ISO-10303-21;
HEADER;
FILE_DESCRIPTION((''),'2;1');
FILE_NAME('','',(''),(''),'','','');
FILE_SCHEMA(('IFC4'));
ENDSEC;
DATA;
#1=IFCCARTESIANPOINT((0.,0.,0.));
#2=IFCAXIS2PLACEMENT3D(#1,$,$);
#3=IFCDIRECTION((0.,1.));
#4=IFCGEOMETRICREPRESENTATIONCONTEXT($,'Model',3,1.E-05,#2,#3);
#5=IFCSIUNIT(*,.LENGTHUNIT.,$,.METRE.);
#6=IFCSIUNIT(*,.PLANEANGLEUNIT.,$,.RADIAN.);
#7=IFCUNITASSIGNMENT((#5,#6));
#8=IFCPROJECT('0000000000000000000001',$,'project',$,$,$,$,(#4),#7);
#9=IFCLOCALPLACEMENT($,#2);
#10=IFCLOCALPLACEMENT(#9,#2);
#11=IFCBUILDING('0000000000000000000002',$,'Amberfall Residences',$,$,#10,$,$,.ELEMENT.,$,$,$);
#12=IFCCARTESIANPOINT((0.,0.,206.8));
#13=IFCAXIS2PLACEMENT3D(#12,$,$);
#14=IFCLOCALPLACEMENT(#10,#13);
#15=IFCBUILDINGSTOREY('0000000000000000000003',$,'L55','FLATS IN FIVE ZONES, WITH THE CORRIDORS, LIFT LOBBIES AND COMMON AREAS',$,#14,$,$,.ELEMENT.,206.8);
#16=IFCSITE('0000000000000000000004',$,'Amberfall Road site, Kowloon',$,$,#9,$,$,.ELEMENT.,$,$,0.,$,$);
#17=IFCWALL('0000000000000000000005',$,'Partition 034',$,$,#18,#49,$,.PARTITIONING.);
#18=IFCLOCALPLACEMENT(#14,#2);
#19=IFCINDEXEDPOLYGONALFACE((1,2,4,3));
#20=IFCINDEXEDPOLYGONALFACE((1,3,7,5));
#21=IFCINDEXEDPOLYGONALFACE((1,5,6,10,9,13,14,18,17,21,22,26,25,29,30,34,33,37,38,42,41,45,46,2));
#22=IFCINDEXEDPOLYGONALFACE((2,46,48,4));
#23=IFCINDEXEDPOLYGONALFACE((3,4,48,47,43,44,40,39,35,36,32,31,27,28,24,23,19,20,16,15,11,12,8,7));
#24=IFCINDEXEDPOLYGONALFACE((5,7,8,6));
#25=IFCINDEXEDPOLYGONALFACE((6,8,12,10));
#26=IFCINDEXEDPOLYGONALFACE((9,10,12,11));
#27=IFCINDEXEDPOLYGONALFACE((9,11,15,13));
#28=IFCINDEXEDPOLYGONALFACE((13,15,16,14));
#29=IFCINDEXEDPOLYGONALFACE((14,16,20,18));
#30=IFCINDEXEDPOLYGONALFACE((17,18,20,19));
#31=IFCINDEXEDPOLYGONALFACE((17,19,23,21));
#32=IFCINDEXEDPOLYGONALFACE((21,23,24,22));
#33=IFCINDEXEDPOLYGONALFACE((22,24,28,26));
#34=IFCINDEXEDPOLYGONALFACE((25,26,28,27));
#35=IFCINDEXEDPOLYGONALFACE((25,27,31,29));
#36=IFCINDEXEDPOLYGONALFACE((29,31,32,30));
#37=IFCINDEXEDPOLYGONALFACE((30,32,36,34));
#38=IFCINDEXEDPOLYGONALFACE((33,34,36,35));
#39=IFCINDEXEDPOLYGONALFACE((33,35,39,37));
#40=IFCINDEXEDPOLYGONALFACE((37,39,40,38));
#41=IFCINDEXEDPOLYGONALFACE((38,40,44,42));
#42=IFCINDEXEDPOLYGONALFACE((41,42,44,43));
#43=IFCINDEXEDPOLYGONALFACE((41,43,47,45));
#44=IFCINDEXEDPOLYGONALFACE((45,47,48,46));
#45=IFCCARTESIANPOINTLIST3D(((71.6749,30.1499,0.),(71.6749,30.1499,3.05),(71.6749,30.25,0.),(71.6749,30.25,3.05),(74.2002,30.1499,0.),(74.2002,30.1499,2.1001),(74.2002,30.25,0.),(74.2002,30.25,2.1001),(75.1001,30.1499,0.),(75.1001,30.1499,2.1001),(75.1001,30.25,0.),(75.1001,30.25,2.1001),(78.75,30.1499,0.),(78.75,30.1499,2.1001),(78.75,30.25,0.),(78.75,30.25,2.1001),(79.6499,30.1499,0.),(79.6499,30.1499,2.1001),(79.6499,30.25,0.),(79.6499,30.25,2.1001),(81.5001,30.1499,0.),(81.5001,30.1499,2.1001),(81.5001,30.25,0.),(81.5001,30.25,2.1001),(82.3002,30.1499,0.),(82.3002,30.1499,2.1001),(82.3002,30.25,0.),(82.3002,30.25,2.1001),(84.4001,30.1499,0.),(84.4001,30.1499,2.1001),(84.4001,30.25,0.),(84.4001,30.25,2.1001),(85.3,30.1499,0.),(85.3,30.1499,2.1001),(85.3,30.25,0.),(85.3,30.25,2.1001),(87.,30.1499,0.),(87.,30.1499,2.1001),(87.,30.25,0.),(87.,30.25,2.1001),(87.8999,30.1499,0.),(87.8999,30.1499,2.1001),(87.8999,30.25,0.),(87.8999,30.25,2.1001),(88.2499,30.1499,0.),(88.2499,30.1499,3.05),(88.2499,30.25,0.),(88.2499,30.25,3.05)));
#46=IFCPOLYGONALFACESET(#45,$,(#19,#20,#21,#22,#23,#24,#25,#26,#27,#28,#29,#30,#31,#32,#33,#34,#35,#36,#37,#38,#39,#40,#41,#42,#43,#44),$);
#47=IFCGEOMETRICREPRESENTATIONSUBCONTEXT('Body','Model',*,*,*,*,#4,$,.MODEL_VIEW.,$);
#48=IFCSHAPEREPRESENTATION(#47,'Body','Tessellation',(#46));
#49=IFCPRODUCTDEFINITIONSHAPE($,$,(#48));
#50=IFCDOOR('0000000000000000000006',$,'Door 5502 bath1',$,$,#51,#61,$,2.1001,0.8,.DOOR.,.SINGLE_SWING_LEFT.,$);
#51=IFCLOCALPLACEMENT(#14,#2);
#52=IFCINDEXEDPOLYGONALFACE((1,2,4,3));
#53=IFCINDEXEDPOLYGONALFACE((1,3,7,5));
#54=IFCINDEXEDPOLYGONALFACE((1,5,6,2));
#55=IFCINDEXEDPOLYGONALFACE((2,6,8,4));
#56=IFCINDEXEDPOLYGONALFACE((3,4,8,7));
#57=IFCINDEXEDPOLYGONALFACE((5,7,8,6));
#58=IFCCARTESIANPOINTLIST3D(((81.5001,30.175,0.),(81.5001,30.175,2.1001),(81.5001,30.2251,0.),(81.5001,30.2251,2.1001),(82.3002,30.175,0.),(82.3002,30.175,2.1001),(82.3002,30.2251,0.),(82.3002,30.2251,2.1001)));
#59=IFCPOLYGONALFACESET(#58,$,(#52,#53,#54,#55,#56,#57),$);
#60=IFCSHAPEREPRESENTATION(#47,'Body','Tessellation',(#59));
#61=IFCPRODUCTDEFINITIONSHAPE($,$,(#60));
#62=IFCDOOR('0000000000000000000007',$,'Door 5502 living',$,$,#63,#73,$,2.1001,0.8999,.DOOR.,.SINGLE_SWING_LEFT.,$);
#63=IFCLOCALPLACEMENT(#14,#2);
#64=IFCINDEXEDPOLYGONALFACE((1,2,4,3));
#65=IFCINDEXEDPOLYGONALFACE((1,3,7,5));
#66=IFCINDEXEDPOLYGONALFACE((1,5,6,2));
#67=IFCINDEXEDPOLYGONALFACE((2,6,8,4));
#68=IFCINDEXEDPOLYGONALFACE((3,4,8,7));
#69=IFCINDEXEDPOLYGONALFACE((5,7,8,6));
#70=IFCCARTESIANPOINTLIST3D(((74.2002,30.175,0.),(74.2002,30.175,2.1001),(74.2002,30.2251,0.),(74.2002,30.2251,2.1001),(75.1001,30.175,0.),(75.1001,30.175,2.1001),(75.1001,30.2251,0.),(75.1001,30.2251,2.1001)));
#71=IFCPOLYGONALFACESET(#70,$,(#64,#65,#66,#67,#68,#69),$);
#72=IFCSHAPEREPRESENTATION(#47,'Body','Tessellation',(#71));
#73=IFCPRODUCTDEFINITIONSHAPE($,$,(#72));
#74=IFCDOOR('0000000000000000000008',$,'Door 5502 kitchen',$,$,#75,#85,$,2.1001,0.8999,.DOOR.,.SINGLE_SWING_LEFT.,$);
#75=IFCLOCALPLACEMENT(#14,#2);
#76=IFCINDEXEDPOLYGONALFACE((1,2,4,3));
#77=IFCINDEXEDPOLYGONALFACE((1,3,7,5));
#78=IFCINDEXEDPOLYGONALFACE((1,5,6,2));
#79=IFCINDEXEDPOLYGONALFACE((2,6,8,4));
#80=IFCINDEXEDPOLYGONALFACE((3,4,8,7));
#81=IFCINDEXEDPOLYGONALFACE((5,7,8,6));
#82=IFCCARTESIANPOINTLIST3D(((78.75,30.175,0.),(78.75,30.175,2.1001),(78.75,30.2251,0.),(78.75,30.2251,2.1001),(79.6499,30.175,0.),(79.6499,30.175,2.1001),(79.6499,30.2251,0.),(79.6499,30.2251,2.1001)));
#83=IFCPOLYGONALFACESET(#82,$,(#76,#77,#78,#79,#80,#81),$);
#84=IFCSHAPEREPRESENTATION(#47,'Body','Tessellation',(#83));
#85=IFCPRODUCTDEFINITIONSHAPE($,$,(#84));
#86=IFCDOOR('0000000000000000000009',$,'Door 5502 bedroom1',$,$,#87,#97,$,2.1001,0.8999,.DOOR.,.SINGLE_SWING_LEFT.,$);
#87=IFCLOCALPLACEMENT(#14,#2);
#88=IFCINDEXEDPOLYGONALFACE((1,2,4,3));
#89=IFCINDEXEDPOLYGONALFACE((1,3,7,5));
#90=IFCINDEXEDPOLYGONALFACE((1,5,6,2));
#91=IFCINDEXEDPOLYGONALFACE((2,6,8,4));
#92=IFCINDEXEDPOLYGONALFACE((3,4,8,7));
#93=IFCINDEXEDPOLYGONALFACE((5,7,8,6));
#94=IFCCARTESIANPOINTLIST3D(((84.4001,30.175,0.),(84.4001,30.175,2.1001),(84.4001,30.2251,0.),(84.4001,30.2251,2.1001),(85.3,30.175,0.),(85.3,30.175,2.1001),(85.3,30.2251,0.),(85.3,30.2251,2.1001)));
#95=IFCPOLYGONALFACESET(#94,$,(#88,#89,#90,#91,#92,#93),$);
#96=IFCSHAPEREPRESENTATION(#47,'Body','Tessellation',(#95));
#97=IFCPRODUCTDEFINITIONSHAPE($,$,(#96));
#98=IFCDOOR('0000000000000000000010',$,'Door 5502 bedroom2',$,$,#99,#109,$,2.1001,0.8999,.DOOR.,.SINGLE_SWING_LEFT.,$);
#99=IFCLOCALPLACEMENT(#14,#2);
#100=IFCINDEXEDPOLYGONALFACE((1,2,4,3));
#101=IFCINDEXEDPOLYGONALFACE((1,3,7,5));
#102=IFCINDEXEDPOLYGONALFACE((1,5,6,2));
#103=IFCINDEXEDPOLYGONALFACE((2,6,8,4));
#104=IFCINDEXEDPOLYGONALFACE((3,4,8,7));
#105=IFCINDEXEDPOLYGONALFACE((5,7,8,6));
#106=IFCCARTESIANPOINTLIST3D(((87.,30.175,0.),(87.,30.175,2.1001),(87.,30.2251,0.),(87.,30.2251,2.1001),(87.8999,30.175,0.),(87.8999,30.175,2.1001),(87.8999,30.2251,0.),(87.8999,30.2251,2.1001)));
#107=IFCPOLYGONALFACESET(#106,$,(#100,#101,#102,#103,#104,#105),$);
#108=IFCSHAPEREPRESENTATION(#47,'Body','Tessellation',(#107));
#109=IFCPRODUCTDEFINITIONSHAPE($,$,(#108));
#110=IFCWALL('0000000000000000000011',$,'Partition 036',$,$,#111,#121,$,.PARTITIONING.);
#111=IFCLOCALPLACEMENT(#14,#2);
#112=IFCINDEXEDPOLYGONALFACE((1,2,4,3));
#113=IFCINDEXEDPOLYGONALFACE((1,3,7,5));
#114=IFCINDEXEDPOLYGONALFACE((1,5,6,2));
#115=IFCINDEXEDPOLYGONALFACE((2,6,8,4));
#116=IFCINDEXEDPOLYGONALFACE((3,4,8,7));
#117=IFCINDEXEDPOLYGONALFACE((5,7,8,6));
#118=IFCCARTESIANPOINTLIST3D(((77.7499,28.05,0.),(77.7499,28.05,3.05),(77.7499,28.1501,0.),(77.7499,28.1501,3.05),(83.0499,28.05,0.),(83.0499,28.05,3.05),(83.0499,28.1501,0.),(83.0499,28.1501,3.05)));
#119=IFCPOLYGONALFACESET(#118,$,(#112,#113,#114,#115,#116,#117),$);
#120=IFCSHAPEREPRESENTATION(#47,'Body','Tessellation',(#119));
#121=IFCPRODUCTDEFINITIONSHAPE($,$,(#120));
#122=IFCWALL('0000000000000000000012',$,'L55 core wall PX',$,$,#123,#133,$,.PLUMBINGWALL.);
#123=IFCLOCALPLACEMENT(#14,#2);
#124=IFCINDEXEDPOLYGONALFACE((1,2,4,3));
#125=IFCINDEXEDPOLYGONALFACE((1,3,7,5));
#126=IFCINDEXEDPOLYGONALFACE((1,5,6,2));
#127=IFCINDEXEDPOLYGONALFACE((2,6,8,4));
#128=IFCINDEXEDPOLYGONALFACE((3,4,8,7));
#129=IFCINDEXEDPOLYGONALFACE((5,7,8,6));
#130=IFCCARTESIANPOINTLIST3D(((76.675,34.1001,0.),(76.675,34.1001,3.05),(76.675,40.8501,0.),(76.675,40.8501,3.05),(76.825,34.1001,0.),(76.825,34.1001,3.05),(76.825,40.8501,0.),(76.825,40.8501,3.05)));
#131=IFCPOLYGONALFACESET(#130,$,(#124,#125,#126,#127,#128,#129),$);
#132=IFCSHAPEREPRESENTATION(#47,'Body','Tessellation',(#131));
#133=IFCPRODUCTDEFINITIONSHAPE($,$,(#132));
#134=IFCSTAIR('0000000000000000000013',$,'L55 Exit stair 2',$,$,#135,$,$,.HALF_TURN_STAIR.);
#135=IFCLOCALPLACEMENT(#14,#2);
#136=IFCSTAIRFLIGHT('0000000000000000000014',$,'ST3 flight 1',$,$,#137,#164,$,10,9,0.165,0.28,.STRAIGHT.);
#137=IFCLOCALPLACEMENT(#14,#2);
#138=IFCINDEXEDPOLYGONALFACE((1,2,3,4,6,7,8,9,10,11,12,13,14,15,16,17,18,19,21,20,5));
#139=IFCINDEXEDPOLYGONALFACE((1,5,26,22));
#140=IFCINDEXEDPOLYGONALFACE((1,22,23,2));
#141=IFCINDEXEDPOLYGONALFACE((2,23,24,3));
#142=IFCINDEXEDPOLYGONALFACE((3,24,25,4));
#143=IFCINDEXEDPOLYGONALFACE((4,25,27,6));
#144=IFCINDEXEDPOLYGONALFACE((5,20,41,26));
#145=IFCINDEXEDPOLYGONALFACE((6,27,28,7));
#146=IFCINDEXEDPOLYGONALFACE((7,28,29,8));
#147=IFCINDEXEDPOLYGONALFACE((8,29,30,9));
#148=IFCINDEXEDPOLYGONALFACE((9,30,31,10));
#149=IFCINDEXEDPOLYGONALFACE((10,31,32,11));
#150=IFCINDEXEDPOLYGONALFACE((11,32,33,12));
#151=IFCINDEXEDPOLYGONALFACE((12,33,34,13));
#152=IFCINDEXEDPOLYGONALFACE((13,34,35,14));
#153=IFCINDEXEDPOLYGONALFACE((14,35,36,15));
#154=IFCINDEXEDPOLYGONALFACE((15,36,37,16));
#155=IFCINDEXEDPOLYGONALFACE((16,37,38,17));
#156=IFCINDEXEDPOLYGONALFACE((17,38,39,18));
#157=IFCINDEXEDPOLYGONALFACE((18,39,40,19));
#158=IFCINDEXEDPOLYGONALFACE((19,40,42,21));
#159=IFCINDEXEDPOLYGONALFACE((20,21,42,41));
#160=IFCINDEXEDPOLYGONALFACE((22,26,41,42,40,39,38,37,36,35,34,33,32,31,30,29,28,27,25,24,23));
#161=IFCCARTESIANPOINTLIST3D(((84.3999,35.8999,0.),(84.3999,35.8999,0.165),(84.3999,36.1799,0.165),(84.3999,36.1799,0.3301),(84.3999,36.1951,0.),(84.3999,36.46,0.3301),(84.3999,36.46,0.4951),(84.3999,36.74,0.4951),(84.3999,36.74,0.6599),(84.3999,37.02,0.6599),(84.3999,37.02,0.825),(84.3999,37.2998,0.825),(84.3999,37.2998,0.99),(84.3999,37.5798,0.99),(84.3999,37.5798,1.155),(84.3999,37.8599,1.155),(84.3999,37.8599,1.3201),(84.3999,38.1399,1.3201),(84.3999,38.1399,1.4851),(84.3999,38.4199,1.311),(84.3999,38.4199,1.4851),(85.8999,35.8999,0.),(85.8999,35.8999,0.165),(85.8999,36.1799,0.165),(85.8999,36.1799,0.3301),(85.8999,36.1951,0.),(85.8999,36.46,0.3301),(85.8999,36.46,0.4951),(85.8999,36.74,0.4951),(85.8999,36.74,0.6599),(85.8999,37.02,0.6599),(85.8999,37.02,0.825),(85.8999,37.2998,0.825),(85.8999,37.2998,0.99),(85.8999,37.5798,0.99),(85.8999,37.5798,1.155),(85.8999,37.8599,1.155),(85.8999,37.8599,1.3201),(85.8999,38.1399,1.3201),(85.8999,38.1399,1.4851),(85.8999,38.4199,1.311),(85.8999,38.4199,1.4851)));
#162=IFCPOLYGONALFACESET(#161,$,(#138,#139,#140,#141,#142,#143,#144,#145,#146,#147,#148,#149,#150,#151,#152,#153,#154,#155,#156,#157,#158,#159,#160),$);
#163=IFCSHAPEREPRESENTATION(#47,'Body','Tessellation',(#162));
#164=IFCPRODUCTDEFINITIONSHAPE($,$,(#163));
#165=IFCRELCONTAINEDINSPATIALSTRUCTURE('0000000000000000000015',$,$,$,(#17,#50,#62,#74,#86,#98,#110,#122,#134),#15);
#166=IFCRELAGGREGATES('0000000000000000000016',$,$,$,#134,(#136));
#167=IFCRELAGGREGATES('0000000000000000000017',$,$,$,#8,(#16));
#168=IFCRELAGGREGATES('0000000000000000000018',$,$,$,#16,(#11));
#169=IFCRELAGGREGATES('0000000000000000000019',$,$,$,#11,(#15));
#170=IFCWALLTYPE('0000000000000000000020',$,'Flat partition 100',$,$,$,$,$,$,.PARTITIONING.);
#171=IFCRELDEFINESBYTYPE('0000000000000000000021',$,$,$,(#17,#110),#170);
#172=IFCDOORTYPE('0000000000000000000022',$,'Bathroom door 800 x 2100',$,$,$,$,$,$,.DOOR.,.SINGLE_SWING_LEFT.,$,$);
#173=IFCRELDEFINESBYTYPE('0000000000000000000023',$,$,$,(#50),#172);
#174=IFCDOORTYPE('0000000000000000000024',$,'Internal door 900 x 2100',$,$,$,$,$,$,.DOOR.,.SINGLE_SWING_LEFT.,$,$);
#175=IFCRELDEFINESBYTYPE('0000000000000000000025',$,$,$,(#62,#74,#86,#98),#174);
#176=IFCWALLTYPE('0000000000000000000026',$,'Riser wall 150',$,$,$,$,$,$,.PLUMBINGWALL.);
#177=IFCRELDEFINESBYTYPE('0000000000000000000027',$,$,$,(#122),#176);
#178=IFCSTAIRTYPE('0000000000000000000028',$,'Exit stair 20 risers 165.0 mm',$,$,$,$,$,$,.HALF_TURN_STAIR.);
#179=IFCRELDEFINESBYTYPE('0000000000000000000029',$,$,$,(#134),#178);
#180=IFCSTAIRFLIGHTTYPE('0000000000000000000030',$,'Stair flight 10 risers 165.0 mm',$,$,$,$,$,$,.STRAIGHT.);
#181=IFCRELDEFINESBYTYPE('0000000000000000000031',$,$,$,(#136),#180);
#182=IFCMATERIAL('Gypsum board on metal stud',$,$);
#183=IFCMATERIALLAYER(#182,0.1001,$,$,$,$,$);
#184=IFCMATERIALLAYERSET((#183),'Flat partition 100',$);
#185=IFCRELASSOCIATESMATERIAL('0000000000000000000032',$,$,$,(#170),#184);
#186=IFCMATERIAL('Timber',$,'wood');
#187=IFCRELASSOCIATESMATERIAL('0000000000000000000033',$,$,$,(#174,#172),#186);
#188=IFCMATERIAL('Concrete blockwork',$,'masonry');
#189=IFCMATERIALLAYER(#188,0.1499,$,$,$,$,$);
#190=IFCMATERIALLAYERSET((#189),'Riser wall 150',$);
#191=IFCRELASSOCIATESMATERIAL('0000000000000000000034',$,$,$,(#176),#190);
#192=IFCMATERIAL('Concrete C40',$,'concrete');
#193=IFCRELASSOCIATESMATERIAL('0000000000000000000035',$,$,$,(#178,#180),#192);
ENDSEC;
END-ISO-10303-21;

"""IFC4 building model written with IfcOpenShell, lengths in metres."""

from ifc_helpers import new_model, si_unit, direction, frame, frame_2d, origin, place, context, subcontext, project, spatial, polyline, rectangle, outline, extrude, material, layer, layer_set, type_object, element, fill, aggregate, save


model = new_model("IFC4")

# Units and contexts
model_context = context("Model", 3, precision=1e-05, world=origin(), true_north=direction((0.0, 1.0)))
body_context = subcontext(model_context, "Body", "Model", "MODEL_VIEW")
ifc_project = project(units=[si_unit("LENGTHUNIT", "METRE"), si_unit("PLANEANGLEUNIT", "RADIAN")], contexts=[model_context])

# Site, building, storey
site_placement = place(None, origin())
site = spatial("IfcSite", under=ifc_project, at=site_placement, Name="Amberfall Road site, Kowloon", CompositionType="ELEMENT", RefElevation=0.0)
building_placement = place(site_placement, origin())
building = spatial("IfcBuilding", under=site, at=building_placement, Name="Amberfall Residences", CompositionType="ELEMENT")
storey_placement = place(building_placement, frame((0.0, 0.0, 206.8)))
storey = spatial("IfcBuildingStorey", under=building, at=storey_placement, Name="L55", Description="FLATS IN FIVE ZONES, WITH THE CORRIDORS, LIFT LOBBIES AND COMMON AREAS", CompositionType="ELEMENT", Elevation=206.8)

# Shared definitions
ifc_material_1 = material(Name="Gypsum board on metal stud")
ifc_layer_1 = layer(ifc_material_1, 0.1001)
ifc_layer_set_1 = layer_set([ifc_layer_1], Name="Flat partition 100")
wall_type_1 = type_object("IfcWallType", Name="Flat partition 100", PredefinedType="PARTITIONING", material=ifc_layer_set_1)

# Wall, openings, doors
ifc_material_2 = material(Name="Timber", Category="wood")
door_type_1 = type_object("IfcDoorType", Name="Internal door 900 x 2100", OperationType="SINGLE_SWING_LEFT", PredefinedType="DOOR", material=ifc_material_2)
wall_1_placement = place(storey_placement, frame((88.25, 30.2, 0.0), z_axis=(0.0, 0.0, 1.0), x_axis=(-1.0, 0.0, 0.0)))
wall_1 = element("IfcWall", 1, at=wall_1_placement, inside=storey, type_object=wall_type_1, Name="Partition 034", PredefinedType="PARTITIONING", context=body_context, shape_type="SweptSolid", body=[
    extrude(rectangle(XDim=16.575, YDim=0.1001, at=frame_2d((8.2876, 0.0))), origin(), (0.0, 0.0, 1.0), 3.05),
])
opening_1_placement = place(wall_1_placement, frame((13.1499, 0.0, 0.0)))
opening_1 = element("IfcOpeningElement", 2, at=opening_1_placement, cuts=wall_1, PredefinedType="OPENING", context=body_context, shape_type="SweptSolid", body=[
    extrude(rectangle(XDim=0.8999, YDim=2.1001, at=frame_2d((0.45, 1.05))), frame((0.0, 0.0601, 0.0), z_axis=(0.0, -1.0, 0.0), x_axis=(1.0, 0.0, 0.0)), (0.0, 0.0, 1.0), 0.1201),
])
opening_2_placement = place(wall_1_placement, frame((8.6001, 0.0, 0.0)))
opening_2 = element("IfcOpeningElement", 3, at=opening_2_placement, cuts=wall_1, PredefinedType="OPENING", context=body_context, shape_type="SweptSolid", body=[
    extrude(rectangle(XDim=0.8999, YDim=2.1001, at=frame_2d((0.45, 1.05))), frame((0.0, 0.0601, 0.0), z_axis=(0.0, -1.0, 0.0), x_axis=(1.0, 0.0, 0.0)), (0.0, 0.0, 1.0), 0.1201),
])
opening_3_placement = place(wall_1_placement, frame((2.95, 0.0, 0.0)))
opening_3 = element("IfcOpeningElement", 4, at=opening_3_placement, cuts=wall_1, PredefinedType="OPENING", context=body_context, shape_type="SweptSolid", body=[
    extrude(rectangle(XDim=0.8999, YDim=2.1001, at=frame_2d((0.45, 1.05))), frame((0.0, 0.0601, 0.0), z_axis=(0.0, -1.0, 0.0), x_axis=(1.0, 0.0, 0.0)), (0.0, 0.0, 1.0), 0.1201),
])
opening_4_placement = place(wall_1_placement, frame((0.3501, 0.0, 0.0)))
opening_4 = element("IfcOpeningElement", 5, at=opening_4_placement, cuts=wall_1, PredefinedType="OPENING", context=body_context, shape_type="SweptSolid", body=[
    extrude(rectangle(XDim=0.8999, YDim=2.1001, at=frame_2d((0.45, 1.05))), frame((0.0, 0.0601, 0.0), z_axis=(0.0, -1.0, 0.0), x_axis=(1.0, 0.0, 0.0)), (0.0, 0.0, 1.0), 0.1201),
])
opening_5_placement = place(wall_1_placement, frame((5.95, 0.0, 0.0)))
opening_5 = element("IfcOpeningElement", 6, at=opening_5_placement, cuts=wall_1, PredefinedType="OPENING", context=body_context, shape_type="SweptSolid", body=[
    extrude(rectangle(XDim=0.8, YDim=2.1001, at=frame_2d((0.3999, 1.05))), frame((0.0, 0.0601, 0.0), z_axis=(0.0, -1.0, 0.0), x_axis=(1.0, 0.0, 0.0)), (0.0, 0.0, 1.0), 0.1201),
])
door_type_2 = type_object("IfcDoorType", Name="Bathroom door 800 x 2100", OperationType="SINGLE_SWING_LEFT", PredefinedType="DOOR", material=ifc_material_2)
door_1_placement = place(opening_5_placement, origin())
door_1 = element("IfcDoor", 7, at=door_1_placement, inside=storey, type_object=door_type_2, Name="Door 5502 bath1", OperationType="SINGLE_SWING_LEFT", OverallHeight=2.1001, OverallWidth=0.8, PredefinedType="DOOR", context=body_context, shape_type="SweptSolid", body=[
    extrude(rectangle(XDim=0.8, YDim=2.1001, at=frame_2d((0.3999, 1.05))), frame((0.0, 0.0249, 0.0), z_axis=(0.0, -1.0, 0.0), x_axis=(1.0, 0.0, 0.0)), (0.0, 0.0, 1.0), 0.05),
])
fill(opening_5, door_1)
door_2_placement = place(opening_1_placement, origin())
door_2 = element("IfcDoor", 8, at=door_2_placement, inside=storey, type_object=door_type_1, Name="Door 5502 living", OperationType="SINGLE_SWING_LEFT", OverallHeight=2.1001, OverallWidth=0.8999, PredefinedType="DOOR", context=body_context, shape_type="SweptSolid", body=[
    extrude(rectangle(XDim=0.8999, YDim=2.1001, at=frame_2d((0.45, 1.05))), frame((0.0, 0.0249, 0.0), z_axis=(0.0, -1.0, 0.0), x_axis=(1.0, 0.0, 0.0)), (0.0, 0.0, 1.0), 0.05),
])
fill(opening_1, door_2)
door_3_placement = place(opening_2_placement, origin())
door_3 = element("IfcDoor", 9, at=door_3_placement, inside=storey, type_object=door_type_1, Name="Door 5502 kitchen", OperationType="SINGLE_SWING_LEFT", OverallHeight=2.1001, OverallWidth=0.8999, PredefinedType="DOOR", context=body_context, shape_type="SweptSolid", body=[
    extrude(rectangle(XDim=0.8999, YDim=2.1001, at=frame_2d((0.45, 1.05))), frame((0.0, 0.0249, 0.0), z_axis=(0.0, -1.0, 0.0), x_axis=(1.0, 0.0, 0.0)), (0.0, 0.0, 1.0), 0.05),
])
fill(opening_2, door_3)
door_4_placement = place(opening_3_placement, origin())
door_4 = element("IfcDoor", 10, at=door_4_placement, inside=storey, type_object=door_type_1, Name="Door 5502 bedroom1", OperationType="SINGLE_SWING_LEFT", OverallHeight=2.1001, OverallWidth=0.8999, PredefinedType="DOOR", context=body_context, shape_type="SweptSolid", body=[
    extrude(rectangle(XDim=0.8999, YDim=2.1001, at=frame_2d((0.45, 1.05))), frame((0.0, 0.0249, 0.0), z_axis=(0.0, -1.0, 0.0), x_axis=(1.0, 0.0, 0.0)), (0.0, 0.0, 1.0), 0.05),
])
fill(opening_3, door_4)
door_5_placement = place(opening_4_placement, origin())
door_5 = element("IfcDoor", 11, at=door_5_placement, inside=storey, type_object=door_type_1, Name="Door 5502 bedroom2", OperationType="SINGLE_SWING_LEFT", OverallHeight=2.1001, OverallWidth=0.8999, PredefinedType="DOOR", context=body_context, shape_type="SweptSolid", body=[
    extrude(rectangle(XDim=0.8999, YDim=2.1001, at=frame_2d((0.45, 1.05))), frame((0.0, 0.0249, 0.0), z_axis=(0.0, -1.0, 0.0), x_axis=(1.0, 0.0, 0.0)), (0.0, 0.0, 1.0), 0.05),
])
fill(opening_4, door_5)

# Walls
wall_2_placement = place(storey_placement, frame((77.75, 28.1001, 0.0), z_axis=(0.0, 0.0, 1.0), x_axis=(1.0, 0.0, 0.0)))
element("IfcWall", 12, at=wall_2_placement, inside=storey, type_object=wall_type_1, Name="Partition 036", PredefinedType="PARTITIONING", context=body_context, shape_type="SweptSolid", body=[
    extrude(rectangle(XDim=5.3, YDim=0.1001, at=frame_2d((2.6499, 0.0))), origin(), (0.0, 0.0, 1.0), 3.05),
])
ifc_material_3 = material(Name="Concrete blockwork", Category="masonry")
ifc_layer_2 = layer(ifc_material_3, 0.1499)
ifc_layer_set_2 = layer_set([ifc_layer_2], Name="Riser wall 150")
wall_type_2 = type_object("IfcWallType", Name="Riser wall 150", PredefinedType="PLUMBINGWALL", material=ifc_layer_set_2)
wall_3_placement = place(storey_placement, frame((76.75, 34.1001, 0.0), z_axis=(0.0, 0.0, 1.0), x_axis=(0.0, 1.0, 0.0)))
element("IfcWall", 13, at=wall_3_placement, inside=storey, type_object=wall_type_2, Name="L55 core wall PX", PredefinedType="PLUMBINGWALL", context=body_context, shape_type="SweptSolid", body=[
    extrude(rectangle(XDim=6.75, YDim=0.1499, at=frame_2d((3.375, 0.0))), origin(), (0.0, 0.0, 1.0), 3.05),
])

# Stair, stair flight
ifc_material_4 = material(Name="Concrete C40", Category="concrete")
stair_type = type_object("IfcStairType", Name="Exit stair 20 risers 165.0 mm", PredefinedType="HALF_TURN_STAIR", material=ifc_material_4)
stair_placement = place(storey_placement, origin())
stair = element("IfcStair", 14, at=stair_placement, inside=storey, type_object=stair_type, Name="L55 Exit stair 2", PredefinedType="HALF_TURN_STAIR")
stair_flight_type = type_object("IfcStairFlightType", Name="Stair flight 10 risers 165.0 mm", PredefinedType="STRAIGHT", material=ifc_material_4)
stair_flight_1_placement = place(storey_placement, frame((85.1499, 35.8999, 0.0), z_axis=(0.0, 0.0, 1.0), x_axis=(0.0, 1.0, 0.0)))
stair_flight_1 = element("IfcStairFlight", 15, at=stair_flight_1_placement, type_object=stair_flight_type, Name="ST3 flight 1", NumberOfRisers=10, NumberOfTreads=9, PredefinedType="STRAIGHT", RiserHeight=0.165, TreadLength=0.28, context=body_context, shape_type="SweptSolid", body=[
    extrude(outline(polyline([(0.0, 0.0), (0.0, 0.165), (0.28, 0.165), (0.28, 0.3301), (0.5601, 0.3301), (0.5601, 0.4951), (0.8401, 0.4951), (0.8401, 0.6599), (1.1201, 0.6599), (1.1201, 0.825), (1.3999, 0.825), (1.3999, 0.99), (1.6799, 0.99), (1.6799, 1.155), (1.96, 1.155), (1.96, 1.3201), (2.24, 1.3201), (2.24, 1.4851), (2.52, 1.4851), (2.52, 1.6499), (2.52, 1.311), (0.2952, 0.0), (0.0, 0.0)])), frame((0.0, 0.75, 0.0), z_axis=(0.0, -1.0, 0.0), x_axis=(1.0, 0.0, 0.0)), (0.0, 0.0, 1.0), 1.5),
])
aggregate(stair, [stair_flight_1])

save(model, "model.ifc")
